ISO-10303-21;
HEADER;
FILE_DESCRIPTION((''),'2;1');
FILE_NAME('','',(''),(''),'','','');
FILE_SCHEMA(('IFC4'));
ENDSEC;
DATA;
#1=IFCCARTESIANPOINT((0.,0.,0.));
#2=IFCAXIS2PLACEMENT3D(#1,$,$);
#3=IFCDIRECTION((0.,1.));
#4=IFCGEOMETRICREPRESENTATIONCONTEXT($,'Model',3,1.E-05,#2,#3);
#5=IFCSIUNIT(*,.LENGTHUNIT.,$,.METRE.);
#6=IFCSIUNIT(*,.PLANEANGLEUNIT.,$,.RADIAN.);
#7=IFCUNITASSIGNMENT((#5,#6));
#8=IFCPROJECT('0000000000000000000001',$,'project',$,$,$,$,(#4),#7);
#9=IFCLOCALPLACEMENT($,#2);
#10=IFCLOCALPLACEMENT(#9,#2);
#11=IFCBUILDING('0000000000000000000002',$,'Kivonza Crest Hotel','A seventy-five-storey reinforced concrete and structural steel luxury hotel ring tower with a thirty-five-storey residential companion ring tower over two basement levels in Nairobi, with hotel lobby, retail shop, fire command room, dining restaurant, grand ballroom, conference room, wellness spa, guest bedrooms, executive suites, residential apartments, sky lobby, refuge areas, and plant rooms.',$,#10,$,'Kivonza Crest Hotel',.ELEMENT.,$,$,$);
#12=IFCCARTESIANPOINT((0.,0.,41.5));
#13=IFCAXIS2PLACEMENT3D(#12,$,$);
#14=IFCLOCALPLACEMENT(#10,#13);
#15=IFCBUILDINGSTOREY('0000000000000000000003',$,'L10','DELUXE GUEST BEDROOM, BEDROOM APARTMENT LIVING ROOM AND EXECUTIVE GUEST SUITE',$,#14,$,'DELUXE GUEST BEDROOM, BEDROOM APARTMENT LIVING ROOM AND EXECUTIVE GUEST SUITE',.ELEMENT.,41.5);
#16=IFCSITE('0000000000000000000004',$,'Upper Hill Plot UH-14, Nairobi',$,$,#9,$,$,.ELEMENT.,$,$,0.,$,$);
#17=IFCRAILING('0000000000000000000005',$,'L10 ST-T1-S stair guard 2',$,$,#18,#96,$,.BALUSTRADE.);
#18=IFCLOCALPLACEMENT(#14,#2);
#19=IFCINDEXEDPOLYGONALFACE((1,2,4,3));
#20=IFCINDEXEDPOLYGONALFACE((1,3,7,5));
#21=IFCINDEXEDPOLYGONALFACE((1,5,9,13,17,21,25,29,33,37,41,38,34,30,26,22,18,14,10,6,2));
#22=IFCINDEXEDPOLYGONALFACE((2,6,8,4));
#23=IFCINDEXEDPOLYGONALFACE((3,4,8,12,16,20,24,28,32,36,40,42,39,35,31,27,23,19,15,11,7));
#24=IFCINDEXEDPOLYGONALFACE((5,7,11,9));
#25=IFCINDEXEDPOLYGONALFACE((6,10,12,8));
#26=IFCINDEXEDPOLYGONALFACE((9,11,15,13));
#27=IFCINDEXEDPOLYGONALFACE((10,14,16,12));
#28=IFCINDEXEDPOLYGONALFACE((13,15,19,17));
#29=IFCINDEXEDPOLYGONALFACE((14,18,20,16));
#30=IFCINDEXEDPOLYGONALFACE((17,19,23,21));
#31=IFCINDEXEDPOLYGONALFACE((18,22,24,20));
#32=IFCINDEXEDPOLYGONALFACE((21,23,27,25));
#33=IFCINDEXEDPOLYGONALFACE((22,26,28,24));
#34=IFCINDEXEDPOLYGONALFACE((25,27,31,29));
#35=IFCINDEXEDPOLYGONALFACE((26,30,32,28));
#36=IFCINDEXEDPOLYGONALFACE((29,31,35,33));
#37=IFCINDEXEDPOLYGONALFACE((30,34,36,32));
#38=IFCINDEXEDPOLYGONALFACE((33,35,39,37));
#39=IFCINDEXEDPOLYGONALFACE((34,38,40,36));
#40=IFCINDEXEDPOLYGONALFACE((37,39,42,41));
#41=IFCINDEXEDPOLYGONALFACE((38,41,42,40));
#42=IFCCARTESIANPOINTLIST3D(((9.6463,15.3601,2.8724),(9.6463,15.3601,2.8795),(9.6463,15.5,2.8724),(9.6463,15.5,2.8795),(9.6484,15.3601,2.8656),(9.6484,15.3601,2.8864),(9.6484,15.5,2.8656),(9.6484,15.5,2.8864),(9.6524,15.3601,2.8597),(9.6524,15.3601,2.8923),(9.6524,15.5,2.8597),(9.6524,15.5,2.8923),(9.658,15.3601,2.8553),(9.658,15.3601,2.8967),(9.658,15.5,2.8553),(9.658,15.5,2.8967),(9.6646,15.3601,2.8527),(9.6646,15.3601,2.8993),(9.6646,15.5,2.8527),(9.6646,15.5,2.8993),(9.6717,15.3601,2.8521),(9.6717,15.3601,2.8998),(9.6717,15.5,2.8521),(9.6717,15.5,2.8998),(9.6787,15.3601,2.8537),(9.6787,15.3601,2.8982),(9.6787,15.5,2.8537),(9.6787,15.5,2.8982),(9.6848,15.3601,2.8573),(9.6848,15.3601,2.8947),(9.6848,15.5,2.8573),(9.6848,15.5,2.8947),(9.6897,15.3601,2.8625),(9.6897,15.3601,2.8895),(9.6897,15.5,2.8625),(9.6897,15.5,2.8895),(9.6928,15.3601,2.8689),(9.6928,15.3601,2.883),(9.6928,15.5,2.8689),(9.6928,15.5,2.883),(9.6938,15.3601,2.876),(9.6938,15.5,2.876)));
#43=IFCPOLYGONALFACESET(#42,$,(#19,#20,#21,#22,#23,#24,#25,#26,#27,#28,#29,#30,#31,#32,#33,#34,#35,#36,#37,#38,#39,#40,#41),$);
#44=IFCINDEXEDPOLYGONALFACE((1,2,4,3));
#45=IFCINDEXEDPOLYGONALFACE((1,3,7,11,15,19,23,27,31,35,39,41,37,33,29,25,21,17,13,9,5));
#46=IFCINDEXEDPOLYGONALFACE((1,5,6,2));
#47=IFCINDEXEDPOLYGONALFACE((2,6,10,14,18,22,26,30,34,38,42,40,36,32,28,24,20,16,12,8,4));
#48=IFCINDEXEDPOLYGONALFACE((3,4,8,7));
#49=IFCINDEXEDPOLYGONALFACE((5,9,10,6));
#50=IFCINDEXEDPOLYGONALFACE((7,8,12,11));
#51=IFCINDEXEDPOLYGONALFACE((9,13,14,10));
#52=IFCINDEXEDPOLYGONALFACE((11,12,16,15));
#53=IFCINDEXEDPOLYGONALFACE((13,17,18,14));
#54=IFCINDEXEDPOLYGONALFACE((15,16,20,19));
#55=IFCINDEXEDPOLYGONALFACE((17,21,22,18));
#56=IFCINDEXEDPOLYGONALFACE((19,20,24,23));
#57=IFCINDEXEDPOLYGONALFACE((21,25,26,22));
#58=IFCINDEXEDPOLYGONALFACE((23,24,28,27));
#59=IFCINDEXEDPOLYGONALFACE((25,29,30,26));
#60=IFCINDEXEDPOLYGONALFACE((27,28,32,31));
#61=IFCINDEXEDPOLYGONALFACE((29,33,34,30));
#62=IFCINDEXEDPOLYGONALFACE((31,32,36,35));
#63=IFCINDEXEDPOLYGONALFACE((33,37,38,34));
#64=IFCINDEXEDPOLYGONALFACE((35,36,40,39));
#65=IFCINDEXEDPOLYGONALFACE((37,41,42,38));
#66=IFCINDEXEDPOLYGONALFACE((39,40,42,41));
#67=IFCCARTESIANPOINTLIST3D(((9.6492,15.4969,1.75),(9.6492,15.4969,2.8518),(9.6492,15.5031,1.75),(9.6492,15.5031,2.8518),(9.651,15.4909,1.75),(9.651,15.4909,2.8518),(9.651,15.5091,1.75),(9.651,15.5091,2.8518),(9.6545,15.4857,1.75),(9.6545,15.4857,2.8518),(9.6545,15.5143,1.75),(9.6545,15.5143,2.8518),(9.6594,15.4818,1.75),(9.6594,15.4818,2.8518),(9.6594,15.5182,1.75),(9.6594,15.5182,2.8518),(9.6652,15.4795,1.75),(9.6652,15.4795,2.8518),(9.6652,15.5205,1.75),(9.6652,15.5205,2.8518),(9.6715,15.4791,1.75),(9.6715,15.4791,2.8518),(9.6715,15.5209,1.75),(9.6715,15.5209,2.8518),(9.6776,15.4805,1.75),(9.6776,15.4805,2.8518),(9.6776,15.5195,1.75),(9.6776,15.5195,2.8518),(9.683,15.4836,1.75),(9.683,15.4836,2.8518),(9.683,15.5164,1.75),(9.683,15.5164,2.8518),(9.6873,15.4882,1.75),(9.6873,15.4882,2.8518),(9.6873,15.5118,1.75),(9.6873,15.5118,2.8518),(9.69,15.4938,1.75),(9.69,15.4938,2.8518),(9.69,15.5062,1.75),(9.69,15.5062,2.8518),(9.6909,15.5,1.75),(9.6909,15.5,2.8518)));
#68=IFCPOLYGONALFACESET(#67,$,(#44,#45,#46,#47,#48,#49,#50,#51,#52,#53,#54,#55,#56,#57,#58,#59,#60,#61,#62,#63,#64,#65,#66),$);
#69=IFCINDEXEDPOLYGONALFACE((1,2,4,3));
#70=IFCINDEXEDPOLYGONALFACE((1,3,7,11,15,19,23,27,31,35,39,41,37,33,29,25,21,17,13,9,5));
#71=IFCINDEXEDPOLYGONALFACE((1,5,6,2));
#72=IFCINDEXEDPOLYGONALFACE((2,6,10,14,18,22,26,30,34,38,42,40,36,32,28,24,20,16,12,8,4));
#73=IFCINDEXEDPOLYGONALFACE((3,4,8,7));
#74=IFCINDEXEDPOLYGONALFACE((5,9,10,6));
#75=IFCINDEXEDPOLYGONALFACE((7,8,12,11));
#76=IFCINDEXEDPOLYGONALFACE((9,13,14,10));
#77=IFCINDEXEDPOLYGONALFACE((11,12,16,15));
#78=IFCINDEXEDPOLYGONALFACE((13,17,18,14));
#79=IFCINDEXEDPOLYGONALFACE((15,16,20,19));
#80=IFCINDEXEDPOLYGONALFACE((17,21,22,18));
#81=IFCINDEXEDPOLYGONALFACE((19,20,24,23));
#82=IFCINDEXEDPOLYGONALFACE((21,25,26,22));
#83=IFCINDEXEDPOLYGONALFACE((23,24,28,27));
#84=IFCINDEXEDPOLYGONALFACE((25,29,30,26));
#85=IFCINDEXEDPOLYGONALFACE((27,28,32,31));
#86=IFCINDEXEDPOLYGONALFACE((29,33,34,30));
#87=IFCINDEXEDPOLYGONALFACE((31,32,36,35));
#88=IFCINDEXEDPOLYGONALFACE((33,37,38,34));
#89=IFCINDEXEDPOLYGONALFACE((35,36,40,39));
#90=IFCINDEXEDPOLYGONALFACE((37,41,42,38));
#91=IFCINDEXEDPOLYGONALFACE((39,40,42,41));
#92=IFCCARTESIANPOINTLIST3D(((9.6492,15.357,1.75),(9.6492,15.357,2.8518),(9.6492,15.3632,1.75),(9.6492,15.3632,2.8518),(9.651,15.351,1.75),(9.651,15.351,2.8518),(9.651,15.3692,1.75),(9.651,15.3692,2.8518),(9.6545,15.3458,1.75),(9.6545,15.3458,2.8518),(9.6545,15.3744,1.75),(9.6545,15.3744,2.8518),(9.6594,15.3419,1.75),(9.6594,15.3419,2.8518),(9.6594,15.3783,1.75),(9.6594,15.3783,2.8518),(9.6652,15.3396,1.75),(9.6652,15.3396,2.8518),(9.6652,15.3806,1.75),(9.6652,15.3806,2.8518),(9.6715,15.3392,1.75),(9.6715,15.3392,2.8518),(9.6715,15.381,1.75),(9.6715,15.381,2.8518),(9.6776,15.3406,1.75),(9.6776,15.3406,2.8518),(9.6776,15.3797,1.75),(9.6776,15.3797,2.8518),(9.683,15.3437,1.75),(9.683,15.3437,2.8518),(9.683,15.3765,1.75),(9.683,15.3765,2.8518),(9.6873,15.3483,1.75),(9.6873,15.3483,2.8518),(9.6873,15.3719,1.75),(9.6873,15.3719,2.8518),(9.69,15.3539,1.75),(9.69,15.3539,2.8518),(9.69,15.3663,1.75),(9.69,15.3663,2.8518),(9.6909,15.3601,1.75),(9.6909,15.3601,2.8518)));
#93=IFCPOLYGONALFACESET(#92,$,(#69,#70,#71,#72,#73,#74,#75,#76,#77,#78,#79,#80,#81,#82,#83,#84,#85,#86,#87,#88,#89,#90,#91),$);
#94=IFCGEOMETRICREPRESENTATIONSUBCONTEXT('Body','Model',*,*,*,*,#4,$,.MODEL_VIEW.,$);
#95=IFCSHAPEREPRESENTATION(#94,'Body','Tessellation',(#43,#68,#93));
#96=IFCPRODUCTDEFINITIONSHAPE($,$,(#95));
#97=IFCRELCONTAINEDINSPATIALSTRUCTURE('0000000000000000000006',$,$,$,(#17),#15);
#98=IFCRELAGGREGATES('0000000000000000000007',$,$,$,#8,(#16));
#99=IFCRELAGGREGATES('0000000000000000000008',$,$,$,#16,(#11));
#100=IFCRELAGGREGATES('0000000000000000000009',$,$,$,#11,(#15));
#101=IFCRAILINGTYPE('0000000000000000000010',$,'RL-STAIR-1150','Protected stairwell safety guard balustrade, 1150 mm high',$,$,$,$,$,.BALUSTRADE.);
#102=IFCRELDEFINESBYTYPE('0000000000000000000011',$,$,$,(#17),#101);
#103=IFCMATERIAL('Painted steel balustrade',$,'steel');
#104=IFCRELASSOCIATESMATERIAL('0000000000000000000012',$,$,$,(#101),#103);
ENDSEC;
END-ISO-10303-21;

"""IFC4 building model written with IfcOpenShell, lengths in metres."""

from ifc_helpers import new_model, si_unit, direction, frame, origin, origin_2d, place, context, subcontext, project, spatial, circle, extrude, material, type_object, element, save


model = new_model("IFC4")

# Units and contexts
model_context = context("Model", 3, precision=1e-05, world=origin(), true_north=direction((0.0, 1.0)))
body_context = subcontext(model_context, "Body", "Model", "MODEL_VIEW")
ifc_project = project(units=[si_unit("LENGTHUNIT", "METRE"), si_unit("PLANEANGLEUNIT", "RADIAN")], contexts=[model_context])

# Site, building, storey
site_placement = place(None, origin())
site = spatial("IfcSite", under=ifc_project, at=site_placement, Name="Upper Hill Plot UH-14, Nairobi", CompositionType="ELEMENT", RefElevation=0.0)
building_placement = place(site_placement, origin())
building = spatial("IfcBuilding", under=site, at=building_placement, Name="Kivonza Crest Hotel", Description="A seventy-five-storey reinforced concrete and structural steel luxury hotel ring tower with a thirty-five-storey residential companion ring tower over two basement levels in Nairobi, with hotel lobby, retail shop, fire command room, dining restaurant, grand ballroom, conference room, wellness spa, guest bedrooms, executive suites, residential apartments, sky lobby, refuge areas, and plant rooms.", LongName="Kivonza Crest Hotel", CompositionType="ELEMENT")
storey_placement = place(building_placement, frame((0.0, 0.0, 41.5)))
storey = spatial("IfcBuildingStorey", under=building, at=storey_placement, Name="L10", Description="DELUXE GUEST BEDROOM, BEDROOM APARTMENT LIVING ROOM AND EXECUTIVE GUEST SUITE", LongName="DELUXE GUEST BEDROOM, BEDROOM APARTMENT LIVING ROOM AND EXECUTIVE GUEST SUITE", CompositionType="ELEMENT", Elevation=41.5)

# Railing
ifc_material_1 = material(Name="Painted steel balustrade", Category="steel")
railing_type_1 = type_object("IfcRailingType", Name="RL-STAIR-1150", Description="Protected stairwell safety guard balustrade, 1150 mm high", PredefinedType="BALUSTRADE", material=ifc_material_1)
railing_1_placement = place(storey_placement, frame((9.6699, 15.5, 1.75)))
element("IfcRailing", 1, at=railing_1_placement, inside=storey, type_object=railing_type_1, Name="L10 ST-T1-S stair guard 2", PredefinedType="BALUSTRADE", context=body_context, shape_type="SweptSolid", body=[
    extrude(circle(Radius=0.0239, at=origin_2d()), frame((0.0, 0.0, 1.126), z_axis=(0.0, -1.0, 0.0), x_axis=(1.0, 0.0, 0.0)), (0.0, 0.0, 1.0), 0.1399),
    extrude(circle(Radius=0.021, at=origin_2d()), origin(), (0.0, 0.0, 1.0), 1.1018),
    extrude(circle(Radius=0.021, at=origin_2d()), frame((0.0, -0.1399, 0.0)), (0.0, 0.0, 1.0), 1.1018),
])

save(model, "model.ifc")
